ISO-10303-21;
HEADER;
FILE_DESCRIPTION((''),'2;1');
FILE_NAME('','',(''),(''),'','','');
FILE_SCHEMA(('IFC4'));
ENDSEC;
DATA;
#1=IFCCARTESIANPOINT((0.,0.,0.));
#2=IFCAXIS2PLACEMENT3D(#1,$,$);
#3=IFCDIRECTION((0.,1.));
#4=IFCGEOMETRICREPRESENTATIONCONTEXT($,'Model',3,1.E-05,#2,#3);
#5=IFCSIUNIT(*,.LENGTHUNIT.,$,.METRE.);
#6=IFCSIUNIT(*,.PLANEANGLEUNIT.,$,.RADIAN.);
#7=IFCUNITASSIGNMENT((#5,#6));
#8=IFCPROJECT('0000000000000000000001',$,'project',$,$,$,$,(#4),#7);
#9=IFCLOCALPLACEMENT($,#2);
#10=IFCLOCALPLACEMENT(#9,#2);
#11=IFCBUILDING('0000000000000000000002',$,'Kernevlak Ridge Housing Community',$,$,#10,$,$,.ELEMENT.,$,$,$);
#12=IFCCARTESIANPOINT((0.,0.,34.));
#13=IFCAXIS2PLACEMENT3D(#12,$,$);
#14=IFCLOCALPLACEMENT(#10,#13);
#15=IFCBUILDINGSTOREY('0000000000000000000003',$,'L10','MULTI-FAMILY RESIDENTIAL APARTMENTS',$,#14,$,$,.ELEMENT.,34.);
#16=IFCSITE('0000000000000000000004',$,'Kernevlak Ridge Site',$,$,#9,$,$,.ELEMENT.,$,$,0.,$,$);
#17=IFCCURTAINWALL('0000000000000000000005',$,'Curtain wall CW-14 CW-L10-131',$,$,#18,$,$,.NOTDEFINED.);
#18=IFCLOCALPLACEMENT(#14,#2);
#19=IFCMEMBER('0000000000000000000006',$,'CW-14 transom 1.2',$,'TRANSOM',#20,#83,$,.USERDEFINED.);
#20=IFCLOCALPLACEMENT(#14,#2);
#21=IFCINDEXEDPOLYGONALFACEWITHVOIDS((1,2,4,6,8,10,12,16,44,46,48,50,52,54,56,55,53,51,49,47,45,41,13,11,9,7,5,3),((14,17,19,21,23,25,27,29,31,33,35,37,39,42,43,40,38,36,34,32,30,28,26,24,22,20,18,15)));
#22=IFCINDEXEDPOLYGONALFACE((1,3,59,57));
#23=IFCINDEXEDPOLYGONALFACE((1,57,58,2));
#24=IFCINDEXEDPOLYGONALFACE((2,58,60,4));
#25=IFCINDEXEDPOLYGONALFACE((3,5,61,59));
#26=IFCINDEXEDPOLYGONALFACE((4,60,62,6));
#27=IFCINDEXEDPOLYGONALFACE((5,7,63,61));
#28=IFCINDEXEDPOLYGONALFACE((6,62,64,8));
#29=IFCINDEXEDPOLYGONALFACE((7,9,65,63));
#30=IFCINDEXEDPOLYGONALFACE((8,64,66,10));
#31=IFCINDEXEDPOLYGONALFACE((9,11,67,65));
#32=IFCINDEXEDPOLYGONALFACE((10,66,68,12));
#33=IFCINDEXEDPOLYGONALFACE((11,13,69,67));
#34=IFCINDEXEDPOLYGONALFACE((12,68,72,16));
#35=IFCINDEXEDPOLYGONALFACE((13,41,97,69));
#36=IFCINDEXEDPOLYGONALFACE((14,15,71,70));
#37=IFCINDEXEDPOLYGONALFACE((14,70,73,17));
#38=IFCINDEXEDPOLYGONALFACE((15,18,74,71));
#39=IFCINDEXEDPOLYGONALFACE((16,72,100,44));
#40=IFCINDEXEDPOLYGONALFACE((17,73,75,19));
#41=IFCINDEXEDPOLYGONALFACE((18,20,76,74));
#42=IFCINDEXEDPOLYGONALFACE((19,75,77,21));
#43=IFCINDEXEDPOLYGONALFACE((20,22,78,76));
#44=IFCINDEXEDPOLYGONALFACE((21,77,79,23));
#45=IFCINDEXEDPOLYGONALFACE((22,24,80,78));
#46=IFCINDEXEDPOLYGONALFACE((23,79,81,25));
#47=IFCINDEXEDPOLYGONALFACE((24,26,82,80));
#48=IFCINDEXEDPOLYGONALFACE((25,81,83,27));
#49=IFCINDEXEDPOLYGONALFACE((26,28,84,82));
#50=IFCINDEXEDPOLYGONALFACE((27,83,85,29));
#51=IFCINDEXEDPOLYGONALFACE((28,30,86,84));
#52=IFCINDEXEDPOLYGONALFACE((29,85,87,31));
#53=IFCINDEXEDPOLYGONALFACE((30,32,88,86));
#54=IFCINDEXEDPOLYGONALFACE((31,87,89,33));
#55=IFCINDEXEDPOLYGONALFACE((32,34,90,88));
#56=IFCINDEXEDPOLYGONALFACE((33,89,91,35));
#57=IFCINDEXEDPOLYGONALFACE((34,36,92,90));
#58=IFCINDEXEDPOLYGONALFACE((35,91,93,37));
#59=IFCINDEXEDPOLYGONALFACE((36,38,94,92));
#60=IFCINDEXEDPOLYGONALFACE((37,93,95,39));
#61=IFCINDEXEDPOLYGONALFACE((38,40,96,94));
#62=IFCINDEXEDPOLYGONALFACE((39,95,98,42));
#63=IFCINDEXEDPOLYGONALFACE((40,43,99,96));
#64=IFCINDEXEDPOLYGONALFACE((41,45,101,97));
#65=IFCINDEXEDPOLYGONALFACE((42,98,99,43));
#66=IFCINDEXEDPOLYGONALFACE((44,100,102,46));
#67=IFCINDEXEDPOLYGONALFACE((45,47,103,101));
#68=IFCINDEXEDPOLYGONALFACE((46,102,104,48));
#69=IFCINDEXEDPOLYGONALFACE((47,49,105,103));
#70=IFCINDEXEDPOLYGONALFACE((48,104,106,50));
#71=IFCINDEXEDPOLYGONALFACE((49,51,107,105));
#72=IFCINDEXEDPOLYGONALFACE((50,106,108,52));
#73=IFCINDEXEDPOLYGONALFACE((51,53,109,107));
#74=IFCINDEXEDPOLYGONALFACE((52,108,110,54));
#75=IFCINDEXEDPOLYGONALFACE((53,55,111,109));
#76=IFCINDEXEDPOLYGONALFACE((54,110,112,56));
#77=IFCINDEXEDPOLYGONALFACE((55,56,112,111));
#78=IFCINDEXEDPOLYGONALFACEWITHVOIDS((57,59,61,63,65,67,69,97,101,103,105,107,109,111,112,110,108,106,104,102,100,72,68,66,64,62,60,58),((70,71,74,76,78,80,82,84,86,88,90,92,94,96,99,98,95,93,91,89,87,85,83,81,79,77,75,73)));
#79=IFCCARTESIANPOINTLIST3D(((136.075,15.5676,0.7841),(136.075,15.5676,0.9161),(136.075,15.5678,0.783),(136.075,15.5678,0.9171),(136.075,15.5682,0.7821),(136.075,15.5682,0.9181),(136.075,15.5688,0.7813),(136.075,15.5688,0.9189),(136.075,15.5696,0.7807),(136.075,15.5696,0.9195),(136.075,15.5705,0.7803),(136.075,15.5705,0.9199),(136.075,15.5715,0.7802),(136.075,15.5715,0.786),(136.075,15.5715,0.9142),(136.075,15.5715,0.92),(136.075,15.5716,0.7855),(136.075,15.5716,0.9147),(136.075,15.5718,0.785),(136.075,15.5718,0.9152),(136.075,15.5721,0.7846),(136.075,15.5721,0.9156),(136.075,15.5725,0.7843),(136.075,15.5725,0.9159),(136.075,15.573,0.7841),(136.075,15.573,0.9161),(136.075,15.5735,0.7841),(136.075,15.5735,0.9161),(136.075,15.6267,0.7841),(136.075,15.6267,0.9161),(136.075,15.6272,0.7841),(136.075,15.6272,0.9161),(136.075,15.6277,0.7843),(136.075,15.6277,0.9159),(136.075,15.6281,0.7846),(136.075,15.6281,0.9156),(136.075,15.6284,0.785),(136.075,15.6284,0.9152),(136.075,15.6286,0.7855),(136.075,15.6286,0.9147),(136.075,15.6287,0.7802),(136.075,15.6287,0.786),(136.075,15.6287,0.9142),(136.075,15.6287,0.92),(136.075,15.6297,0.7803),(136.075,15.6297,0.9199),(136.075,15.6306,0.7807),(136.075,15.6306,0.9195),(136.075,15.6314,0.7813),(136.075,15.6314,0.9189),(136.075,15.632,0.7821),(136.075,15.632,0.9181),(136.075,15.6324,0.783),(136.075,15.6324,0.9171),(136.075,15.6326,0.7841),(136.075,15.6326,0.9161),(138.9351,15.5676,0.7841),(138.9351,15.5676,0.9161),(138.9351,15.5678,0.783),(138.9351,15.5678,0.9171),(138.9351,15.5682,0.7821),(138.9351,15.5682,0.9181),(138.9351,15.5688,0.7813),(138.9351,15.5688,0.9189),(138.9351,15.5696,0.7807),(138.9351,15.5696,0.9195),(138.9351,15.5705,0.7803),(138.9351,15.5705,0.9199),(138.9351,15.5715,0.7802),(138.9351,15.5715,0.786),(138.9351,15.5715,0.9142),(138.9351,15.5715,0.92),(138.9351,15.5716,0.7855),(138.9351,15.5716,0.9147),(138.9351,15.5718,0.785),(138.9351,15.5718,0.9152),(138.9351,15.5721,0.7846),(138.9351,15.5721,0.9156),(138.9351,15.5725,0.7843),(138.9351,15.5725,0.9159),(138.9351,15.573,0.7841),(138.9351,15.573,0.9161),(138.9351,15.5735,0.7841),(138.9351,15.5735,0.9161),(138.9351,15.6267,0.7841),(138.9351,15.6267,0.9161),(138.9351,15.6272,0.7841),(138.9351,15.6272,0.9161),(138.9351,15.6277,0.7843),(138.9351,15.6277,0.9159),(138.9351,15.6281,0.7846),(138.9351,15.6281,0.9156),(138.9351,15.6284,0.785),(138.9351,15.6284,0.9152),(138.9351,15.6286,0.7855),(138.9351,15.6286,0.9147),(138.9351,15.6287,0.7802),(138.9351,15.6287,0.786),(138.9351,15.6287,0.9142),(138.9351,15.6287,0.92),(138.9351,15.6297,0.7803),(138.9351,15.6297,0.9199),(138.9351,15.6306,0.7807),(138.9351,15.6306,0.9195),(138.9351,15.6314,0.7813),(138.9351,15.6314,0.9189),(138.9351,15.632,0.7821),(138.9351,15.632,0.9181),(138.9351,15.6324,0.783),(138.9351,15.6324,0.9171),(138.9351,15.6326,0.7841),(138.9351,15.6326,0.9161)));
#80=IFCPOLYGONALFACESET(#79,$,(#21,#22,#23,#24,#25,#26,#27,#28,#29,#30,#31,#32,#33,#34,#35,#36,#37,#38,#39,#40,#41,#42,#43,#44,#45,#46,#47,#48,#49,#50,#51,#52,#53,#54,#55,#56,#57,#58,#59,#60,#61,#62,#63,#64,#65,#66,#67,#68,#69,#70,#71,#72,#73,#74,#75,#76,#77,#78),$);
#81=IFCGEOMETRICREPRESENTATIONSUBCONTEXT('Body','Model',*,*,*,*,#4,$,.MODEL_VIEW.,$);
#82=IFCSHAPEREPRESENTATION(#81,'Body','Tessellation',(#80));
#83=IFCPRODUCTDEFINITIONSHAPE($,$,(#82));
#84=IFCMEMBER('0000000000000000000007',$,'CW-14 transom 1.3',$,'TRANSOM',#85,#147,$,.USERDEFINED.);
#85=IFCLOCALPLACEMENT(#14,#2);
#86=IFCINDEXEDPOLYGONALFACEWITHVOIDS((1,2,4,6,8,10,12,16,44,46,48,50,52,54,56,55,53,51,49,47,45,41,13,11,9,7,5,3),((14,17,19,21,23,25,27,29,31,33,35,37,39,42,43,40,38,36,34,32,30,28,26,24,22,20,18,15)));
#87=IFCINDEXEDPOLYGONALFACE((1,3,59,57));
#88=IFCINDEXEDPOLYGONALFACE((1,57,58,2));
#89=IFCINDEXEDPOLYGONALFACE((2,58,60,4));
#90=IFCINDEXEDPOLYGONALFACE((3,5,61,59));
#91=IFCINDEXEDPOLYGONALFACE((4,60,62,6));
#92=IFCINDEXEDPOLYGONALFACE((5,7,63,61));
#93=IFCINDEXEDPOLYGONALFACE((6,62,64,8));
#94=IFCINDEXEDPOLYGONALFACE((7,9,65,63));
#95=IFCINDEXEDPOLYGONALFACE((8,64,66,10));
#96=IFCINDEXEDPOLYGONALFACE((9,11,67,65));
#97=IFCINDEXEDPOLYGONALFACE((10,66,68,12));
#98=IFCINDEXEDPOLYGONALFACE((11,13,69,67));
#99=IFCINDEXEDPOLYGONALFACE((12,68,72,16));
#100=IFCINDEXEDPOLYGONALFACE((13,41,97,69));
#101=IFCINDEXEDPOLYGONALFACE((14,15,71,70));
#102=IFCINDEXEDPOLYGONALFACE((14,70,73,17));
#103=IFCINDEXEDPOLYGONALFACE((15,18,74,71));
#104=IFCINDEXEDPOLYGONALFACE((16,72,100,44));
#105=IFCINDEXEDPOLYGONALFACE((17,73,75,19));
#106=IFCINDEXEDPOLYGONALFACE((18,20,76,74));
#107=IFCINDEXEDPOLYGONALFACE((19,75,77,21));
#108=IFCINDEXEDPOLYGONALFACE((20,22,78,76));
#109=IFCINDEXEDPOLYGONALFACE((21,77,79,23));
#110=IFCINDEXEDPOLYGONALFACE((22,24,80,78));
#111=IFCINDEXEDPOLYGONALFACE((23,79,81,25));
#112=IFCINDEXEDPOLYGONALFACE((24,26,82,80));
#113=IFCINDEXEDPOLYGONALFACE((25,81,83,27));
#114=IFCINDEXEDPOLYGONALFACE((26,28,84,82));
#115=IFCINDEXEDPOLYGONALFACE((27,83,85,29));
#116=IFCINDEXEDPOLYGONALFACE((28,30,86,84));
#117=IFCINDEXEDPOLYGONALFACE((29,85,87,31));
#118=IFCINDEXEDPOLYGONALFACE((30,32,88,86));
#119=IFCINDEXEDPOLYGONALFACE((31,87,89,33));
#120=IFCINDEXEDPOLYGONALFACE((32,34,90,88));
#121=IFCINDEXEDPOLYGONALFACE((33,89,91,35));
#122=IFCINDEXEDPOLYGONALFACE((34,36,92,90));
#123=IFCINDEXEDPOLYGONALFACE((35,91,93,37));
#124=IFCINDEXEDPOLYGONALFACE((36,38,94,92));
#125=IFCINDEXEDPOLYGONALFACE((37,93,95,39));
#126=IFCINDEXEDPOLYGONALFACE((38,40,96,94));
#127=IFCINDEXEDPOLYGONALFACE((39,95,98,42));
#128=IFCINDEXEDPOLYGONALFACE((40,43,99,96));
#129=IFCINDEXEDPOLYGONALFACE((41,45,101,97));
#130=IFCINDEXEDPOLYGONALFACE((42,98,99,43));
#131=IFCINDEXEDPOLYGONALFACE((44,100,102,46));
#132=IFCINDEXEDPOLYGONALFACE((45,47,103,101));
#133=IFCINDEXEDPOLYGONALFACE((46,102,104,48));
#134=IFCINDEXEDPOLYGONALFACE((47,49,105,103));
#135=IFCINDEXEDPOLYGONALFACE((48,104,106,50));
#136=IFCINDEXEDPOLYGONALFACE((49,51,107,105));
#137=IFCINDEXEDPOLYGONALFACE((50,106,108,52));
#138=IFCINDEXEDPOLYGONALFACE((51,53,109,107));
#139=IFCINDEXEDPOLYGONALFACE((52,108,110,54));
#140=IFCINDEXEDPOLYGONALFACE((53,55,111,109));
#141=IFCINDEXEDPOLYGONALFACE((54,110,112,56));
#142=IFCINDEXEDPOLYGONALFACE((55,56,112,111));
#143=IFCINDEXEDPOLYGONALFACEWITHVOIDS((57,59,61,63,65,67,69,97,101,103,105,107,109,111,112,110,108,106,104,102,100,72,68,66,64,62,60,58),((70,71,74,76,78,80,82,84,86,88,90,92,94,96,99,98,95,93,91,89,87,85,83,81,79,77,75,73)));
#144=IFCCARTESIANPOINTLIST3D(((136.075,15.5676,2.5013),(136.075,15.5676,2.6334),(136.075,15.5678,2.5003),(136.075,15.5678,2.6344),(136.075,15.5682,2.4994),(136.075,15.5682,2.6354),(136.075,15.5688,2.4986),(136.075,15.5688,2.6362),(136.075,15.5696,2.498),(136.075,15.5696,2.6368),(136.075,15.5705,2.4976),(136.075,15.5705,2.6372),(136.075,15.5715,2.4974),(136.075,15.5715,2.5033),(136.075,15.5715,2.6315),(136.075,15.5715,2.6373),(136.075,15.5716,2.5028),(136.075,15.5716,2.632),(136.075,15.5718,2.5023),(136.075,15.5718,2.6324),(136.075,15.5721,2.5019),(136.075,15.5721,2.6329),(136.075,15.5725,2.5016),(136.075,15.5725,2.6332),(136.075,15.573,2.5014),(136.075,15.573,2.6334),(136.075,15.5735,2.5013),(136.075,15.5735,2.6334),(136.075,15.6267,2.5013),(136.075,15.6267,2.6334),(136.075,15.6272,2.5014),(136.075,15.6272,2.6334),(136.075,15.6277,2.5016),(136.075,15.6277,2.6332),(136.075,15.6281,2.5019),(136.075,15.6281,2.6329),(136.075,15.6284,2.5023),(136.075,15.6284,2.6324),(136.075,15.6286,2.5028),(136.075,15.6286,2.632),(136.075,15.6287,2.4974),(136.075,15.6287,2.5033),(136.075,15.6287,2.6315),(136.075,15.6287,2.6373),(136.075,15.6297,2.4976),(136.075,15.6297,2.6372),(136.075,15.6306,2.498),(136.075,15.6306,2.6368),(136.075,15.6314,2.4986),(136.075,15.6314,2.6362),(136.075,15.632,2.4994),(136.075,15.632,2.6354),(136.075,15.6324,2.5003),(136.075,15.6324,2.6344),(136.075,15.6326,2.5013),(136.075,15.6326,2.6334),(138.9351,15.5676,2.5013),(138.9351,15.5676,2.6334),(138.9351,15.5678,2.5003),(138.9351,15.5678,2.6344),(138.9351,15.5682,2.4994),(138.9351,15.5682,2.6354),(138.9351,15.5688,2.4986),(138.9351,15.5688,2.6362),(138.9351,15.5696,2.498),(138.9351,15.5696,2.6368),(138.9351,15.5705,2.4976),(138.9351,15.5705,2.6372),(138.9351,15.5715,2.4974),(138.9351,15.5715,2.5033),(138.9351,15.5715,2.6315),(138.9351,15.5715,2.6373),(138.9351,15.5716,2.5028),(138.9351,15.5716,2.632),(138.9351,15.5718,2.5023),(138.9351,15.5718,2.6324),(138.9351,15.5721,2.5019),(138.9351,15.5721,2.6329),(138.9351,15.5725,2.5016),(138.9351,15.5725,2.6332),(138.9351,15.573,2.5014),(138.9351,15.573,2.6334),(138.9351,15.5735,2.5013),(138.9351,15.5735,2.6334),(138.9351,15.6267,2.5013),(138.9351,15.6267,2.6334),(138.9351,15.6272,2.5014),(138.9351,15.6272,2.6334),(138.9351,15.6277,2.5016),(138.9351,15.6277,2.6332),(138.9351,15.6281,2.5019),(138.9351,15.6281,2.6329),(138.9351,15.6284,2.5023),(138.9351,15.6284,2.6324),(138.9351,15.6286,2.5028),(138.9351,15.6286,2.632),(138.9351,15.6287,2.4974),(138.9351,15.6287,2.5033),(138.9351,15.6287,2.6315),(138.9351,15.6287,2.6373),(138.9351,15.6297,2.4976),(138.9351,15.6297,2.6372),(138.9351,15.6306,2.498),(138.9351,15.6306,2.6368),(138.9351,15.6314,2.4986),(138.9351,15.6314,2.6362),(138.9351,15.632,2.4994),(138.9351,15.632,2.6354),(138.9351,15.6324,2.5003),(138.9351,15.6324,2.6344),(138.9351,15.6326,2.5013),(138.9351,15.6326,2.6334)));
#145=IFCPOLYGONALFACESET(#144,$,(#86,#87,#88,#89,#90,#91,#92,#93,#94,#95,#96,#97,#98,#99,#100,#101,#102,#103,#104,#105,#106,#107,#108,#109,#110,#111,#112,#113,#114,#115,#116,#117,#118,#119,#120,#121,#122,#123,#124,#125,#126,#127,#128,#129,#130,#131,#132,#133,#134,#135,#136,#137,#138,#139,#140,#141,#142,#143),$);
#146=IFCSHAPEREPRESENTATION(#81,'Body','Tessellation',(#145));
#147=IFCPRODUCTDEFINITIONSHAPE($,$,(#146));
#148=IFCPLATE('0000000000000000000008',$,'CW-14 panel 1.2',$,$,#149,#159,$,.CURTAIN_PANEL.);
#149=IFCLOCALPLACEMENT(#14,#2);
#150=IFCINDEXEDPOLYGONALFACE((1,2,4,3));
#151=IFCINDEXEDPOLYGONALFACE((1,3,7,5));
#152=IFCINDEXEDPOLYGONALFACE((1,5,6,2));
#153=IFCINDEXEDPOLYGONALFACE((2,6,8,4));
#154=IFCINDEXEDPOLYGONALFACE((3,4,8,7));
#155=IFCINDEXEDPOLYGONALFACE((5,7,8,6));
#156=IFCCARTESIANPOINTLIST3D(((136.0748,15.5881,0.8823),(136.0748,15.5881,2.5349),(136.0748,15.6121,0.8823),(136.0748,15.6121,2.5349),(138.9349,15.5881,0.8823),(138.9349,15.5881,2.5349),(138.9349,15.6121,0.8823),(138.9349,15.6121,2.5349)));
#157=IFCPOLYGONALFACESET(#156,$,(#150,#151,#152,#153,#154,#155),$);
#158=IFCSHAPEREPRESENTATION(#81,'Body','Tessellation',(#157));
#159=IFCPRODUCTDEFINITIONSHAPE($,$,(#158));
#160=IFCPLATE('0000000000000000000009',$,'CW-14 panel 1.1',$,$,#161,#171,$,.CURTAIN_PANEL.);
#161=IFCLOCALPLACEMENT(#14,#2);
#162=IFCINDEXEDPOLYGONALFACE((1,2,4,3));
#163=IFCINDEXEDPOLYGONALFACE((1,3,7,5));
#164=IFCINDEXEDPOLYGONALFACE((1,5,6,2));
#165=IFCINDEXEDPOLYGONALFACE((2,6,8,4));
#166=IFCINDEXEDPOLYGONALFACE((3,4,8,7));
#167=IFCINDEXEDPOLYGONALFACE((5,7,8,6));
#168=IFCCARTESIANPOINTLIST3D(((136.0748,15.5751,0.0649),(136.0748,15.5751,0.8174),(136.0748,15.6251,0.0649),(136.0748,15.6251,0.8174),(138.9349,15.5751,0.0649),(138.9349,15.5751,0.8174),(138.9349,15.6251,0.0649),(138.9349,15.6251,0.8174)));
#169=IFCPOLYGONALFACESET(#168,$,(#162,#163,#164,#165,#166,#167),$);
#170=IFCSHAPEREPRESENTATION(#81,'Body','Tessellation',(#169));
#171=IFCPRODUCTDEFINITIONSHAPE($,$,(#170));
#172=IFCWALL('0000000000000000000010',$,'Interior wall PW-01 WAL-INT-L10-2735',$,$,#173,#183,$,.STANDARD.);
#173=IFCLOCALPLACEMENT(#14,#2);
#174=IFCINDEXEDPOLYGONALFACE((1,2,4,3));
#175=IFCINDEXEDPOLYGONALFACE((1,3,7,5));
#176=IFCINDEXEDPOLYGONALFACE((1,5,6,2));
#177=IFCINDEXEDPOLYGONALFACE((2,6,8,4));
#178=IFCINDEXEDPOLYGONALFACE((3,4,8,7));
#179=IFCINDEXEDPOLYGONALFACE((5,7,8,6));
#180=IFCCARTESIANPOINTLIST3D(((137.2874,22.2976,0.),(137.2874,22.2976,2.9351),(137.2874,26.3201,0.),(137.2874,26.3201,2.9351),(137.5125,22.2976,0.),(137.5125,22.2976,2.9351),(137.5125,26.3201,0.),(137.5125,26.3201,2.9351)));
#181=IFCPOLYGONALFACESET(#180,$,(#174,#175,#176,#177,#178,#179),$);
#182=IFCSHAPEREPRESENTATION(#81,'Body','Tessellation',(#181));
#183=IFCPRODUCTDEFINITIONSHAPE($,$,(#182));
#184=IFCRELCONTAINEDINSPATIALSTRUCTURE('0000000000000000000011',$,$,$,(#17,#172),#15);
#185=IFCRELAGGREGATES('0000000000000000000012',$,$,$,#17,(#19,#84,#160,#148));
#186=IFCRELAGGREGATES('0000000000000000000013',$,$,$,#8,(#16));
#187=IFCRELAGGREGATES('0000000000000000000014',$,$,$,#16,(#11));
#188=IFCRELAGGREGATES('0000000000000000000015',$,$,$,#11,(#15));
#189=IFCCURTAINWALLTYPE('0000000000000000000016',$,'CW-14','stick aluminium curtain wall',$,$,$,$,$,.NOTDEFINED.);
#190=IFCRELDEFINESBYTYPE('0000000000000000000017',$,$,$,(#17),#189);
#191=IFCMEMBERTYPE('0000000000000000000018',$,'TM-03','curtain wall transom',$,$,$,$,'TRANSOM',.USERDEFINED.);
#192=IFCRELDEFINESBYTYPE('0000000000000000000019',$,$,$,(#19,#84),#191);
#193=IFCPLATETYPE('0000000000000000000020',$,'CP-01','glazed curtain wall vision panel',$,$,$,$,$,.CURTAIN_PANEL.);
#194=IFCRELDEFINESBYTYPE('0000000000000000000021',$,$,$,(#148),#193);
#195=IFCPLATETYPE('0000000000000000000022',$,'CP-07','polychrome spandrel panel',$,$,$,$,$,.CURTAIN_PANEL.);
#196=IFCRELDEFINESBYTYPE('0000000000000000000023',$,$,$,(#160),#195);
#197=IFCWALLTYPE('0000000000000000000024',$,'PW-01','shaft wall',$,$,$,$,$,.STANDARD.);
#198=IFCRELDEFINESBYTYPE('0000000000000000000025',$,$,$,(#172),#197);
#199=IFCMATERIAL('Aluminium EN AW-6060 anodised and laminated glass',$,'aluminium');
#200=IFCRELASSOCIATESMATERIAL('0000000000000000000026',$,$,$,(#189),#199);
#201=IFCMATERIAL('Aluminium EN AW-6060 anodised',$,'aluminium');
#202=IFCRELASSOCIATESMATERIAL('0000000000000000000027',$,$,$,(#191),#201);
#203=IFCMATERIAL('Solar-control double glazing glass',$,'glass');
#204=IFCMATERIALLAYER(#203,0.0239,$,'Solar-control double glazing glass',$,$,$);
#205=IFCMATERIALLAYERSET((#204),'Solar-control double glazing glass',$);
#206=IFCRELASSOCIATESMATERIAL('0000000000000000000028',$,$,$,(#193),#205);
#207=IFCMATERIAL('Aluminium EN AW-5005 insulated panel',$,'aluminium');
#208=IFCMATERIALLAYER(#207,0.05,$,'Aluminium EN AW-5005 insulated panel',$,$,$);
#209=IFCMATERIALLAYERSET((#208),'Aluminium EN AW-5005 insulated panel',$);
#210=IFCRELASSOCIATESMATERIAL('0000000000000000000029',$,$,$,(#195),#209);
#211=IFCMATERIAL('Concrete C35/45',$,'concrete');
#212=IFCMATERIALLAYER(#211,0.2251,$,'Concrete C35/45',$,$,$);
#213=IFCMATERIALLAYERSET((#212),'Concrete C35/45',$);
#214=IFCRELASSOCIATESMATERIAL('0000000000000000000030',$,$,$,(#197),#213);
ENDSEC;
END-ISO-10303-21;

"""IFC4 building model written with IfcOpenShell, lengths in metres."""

from ifc_helpers import new_model, si_unit, direction, frame, frame_2d, origin, origin_2d, place, context, subcontext, project, spatial, rectangle, hollow_rectangle, extrude, material, layer, layer_set, material_profile, profile_set, type_object, element, aggregate, save


model = new_model("IFC4")

# Units and contexts
model_context = context("Model", 3, precision=1e-05, world=origin(), true_north=direction((0.0, 1.0)))
body_context = subcontext(model_context, "Body", "Model", "MODEL_VIEW")
ifc_project = project(units=[si_unit("LENGTHUNIT", "METRE"), si_unit("PLANEANGLEUNIT", "RADIAN")], contexts=[model_context])

# Site, building, storey
site_placement = place(None, origin())
site = spatial("IfcSite", under=ifc_project, at=site_placement, Name="Kernevlak Ridge Site", CompositionType="ELEMENT", RefElevation=0.0)
building_placement = place(site_placement, origin())
building = spatial("IfcBuilding", under=site, at=building_placement, Name="Kernevlak Ridge Housing Community", CompositionType="ELEMENT")
storey_placement = place(building_placement, frame((0.0, 0.0, 34.0)))
storey = spatial("IfcBuildingStorey", under=building, at=storey_placement, Name="L10", Description="MULTI-FAMILY RESIDENTIAL APARTMENTS", CompositionType="ELEMENT", Elevation=34.0)

# Shared definitions
ifc_material_1 = material(Name="Concrete C35/45", Category="concrete")

# Curtain wall, members, plates
ifc_material_2 = material(Name="Aluminium EN AW-6060 anodised and laminated glass", Category="aluminium")
curtain_wall_type = type_object("IfcCurtainWallType", Name="CW-14", Description="stick aluminium curtain wall", PredefinedType="NOTDEFINED", material=ifc_material_2)
curtain_wall_placement = place(storey_placement, origin())
curtain_wall = element("IfcCurtainWall", 1, at=curtain_wall_placement, inside=storey, type_object=curtain_wall_type, Name="Curtain wall CW-14 CW-L10-131", PredefinedType="NOTDEFINED")
ifc_material_3 = material(Name="Aluminium EN AW-6060 anodised", Category="aluminium")
ifc_material_profile_1 = material_profile(ifc_material_3, hollow_rectangle(XDim=0.0649, YDim=0.1399, WallThickness=0.0039, InnerFilletRadius=0.002, OuterFilletRadius=0.0039, at=origin_2d()), Name="ALU 65x140x4")
ifc_profile_set_1 = profile_set([ifc_material_profile_1], Name="Aluminium EN AW-6060 anodised")
member_type_1 = type_object("IfcMemberType", Name="TM-03", Description="curtain wall transom", ElementType="TRANSOM", PredefinedType="USERDEFINED", material=ifc_profile_set_1)
member_1_placement = place(storey_placement, frame((136.075, 15.6001, 0.8501), z_axis=(1.0, 0.0, 0.0), x_axis=(0.0, 1.0, 0.0)))
member_1 = element("IfcMember", 2, at=member_1_placement, type_object=member_type_1, Name="CW-14 transom 1.2", ObjectType="TRANSOM", PredefinedType="USERDEFINED", context=body_context, shape_type="SweptSolid", body=[
    extrude(hollow_rectangle(XDim=0.0649, YDim=0.1399, WallThickness=0.0039, InnerFilletRadius=0.002, OuterFilletRadius=0.0039, at=origin_2d()), origin(), (0.0, 0.0, 1.0), 2.8601),
])
member_2_placement = place(storey_placement, frame((136.075, 15.6001, 2.5674), z_axis=(1.0, 0.0, 0.0), x_axis=(0.0, 1.0, 0.0)))
member_2 = element("IfcMember", 3, at=member_2_placement, type_object=member_type_1, Name="CW-14 transom 1.3", ObjectType="TRANSOM", PredefinedType="USERDEFINED", context=body_context, shape_type="SweptSolid", body=[
    extrude(hollow_rectangle(XDim=0.0649, YDim=0.1399, WallThickness=0.0039, InnerFilletRadius=0.002, OuterFilletRadius=0.0039, at=origin_2d()), origin(), (0.0, 0.0, 1.0), 2.8601),
])
ifc_material_4 = material(Name="Solar-control double glazing glass", Category="glass")
ifc_layer_1 = layer(ifc_material_4, 0.0239, Name="Solar-control double glazing glass")
ifc_layer_set_1 = layer_set([ifc_layer_1], Name="Solar-control double glazing glass")
plate_type_1 = type_object("IfcPlateType", Name="CP-01", Description="glazed curtain wall vision panel", PredefinedType="CURTAIN_PANEL", material=ifc_layer_set_1)
plate_1_placement = place(storey_placement, frame((137.5049, 15.6001, 0.8823), z_axis=(0.0, 0.0, 1.0), x_axis=(1.0, 0.0, 0.0)))
plate_1 = element("IfcPlate", 4, at=plate_1_placement, type_object=plate_type_1, Name="CW-14 panel 1.2", PredefinedType="CURTAIN_PANEL", context=body_context, shape_type="SweptSolid", body=[
    extrude(rectangle(XDim=2.8601, YDim=0.0239, at=origin_2d()), origin(), (0.0, 0.0, 1.0), 1.6526),
])
ifc_material_5 = material(Name="Aluminium EN AW-5005 insulated panel", Category="aluminium")
ifc_layer_2 = layer(ifc_material_5, 0.05, Name="Aluminium EN AW-5005 insulated panel")
ifc_layer_set_2 = layer_set([ifc_layer_2], Name="Aluminium EN AW-5005 insulated panel")
plate_type_2 = type_object("IfcPlateType", Name="CP-07", Description="polychrome spandrel panel", PredefinedType="CURTAIN_PANEL", material=ifc_layer_set_2)
plate_2_placement = place(storey_placement, frame((137.5049, 15.6001, 0.0649), z_axis=(0.0, 0.0, 1.0), x_axis=(1.0, 0.0, 0.0)))
plate_2 = element("IfcPlate", 5, at=plate_2_placement, type_object=plate_type_2, Name="CW-14 panel 1.1", PredefinedType="CURTAIN_PANEL", context=body_context, shape_type="SweptSolid", body=[
    extrude(rectangle(XDim=2.8601, YDim=0.05, at=origin_2d()), origin(), (0.0, 0.0, 1.0), 0.7524),
])
aggregate(curtain_wall, [member_1, member_2, plate_2, plate_1])

# Wall
ifc_layer_3 = layer(ifc_material_1, 0.2251, Name="Concrete C35/45")
ifc_layer_set_3 = layer_set([ifc_layer_3], Name="Concrete C35/45")
wall_type_1 = type_object("IfcWallType", Name="PW-01", Description="shaft wall", PredefinedType="STANDARD", material=ifc_layer_set_3)
wall_1_placement = place(storey_placement, frame((137.3999, 22.2976, 0.0), z_axis=(0.0, 0.0, 1.0), x_axis=(0.0, 1.0, 0.0)))
element("IfcWall", 6, at=wall_1_placement, inside=storey, type_object=wall_type_1, Name="Interior wall PW-01 WAL-INT-L10-2735", PredefinedType="STANDARD", context=body_context, shape_type="SweptSolid", body=[
    extrude(rectangle(XDim=4.0225, YDim=0.2251, at=frame_2d((2.0112, 0.0))), origin(), (0.0, 0.0, 1.0), 2.9351),
])

save(model, "model.ifc")
